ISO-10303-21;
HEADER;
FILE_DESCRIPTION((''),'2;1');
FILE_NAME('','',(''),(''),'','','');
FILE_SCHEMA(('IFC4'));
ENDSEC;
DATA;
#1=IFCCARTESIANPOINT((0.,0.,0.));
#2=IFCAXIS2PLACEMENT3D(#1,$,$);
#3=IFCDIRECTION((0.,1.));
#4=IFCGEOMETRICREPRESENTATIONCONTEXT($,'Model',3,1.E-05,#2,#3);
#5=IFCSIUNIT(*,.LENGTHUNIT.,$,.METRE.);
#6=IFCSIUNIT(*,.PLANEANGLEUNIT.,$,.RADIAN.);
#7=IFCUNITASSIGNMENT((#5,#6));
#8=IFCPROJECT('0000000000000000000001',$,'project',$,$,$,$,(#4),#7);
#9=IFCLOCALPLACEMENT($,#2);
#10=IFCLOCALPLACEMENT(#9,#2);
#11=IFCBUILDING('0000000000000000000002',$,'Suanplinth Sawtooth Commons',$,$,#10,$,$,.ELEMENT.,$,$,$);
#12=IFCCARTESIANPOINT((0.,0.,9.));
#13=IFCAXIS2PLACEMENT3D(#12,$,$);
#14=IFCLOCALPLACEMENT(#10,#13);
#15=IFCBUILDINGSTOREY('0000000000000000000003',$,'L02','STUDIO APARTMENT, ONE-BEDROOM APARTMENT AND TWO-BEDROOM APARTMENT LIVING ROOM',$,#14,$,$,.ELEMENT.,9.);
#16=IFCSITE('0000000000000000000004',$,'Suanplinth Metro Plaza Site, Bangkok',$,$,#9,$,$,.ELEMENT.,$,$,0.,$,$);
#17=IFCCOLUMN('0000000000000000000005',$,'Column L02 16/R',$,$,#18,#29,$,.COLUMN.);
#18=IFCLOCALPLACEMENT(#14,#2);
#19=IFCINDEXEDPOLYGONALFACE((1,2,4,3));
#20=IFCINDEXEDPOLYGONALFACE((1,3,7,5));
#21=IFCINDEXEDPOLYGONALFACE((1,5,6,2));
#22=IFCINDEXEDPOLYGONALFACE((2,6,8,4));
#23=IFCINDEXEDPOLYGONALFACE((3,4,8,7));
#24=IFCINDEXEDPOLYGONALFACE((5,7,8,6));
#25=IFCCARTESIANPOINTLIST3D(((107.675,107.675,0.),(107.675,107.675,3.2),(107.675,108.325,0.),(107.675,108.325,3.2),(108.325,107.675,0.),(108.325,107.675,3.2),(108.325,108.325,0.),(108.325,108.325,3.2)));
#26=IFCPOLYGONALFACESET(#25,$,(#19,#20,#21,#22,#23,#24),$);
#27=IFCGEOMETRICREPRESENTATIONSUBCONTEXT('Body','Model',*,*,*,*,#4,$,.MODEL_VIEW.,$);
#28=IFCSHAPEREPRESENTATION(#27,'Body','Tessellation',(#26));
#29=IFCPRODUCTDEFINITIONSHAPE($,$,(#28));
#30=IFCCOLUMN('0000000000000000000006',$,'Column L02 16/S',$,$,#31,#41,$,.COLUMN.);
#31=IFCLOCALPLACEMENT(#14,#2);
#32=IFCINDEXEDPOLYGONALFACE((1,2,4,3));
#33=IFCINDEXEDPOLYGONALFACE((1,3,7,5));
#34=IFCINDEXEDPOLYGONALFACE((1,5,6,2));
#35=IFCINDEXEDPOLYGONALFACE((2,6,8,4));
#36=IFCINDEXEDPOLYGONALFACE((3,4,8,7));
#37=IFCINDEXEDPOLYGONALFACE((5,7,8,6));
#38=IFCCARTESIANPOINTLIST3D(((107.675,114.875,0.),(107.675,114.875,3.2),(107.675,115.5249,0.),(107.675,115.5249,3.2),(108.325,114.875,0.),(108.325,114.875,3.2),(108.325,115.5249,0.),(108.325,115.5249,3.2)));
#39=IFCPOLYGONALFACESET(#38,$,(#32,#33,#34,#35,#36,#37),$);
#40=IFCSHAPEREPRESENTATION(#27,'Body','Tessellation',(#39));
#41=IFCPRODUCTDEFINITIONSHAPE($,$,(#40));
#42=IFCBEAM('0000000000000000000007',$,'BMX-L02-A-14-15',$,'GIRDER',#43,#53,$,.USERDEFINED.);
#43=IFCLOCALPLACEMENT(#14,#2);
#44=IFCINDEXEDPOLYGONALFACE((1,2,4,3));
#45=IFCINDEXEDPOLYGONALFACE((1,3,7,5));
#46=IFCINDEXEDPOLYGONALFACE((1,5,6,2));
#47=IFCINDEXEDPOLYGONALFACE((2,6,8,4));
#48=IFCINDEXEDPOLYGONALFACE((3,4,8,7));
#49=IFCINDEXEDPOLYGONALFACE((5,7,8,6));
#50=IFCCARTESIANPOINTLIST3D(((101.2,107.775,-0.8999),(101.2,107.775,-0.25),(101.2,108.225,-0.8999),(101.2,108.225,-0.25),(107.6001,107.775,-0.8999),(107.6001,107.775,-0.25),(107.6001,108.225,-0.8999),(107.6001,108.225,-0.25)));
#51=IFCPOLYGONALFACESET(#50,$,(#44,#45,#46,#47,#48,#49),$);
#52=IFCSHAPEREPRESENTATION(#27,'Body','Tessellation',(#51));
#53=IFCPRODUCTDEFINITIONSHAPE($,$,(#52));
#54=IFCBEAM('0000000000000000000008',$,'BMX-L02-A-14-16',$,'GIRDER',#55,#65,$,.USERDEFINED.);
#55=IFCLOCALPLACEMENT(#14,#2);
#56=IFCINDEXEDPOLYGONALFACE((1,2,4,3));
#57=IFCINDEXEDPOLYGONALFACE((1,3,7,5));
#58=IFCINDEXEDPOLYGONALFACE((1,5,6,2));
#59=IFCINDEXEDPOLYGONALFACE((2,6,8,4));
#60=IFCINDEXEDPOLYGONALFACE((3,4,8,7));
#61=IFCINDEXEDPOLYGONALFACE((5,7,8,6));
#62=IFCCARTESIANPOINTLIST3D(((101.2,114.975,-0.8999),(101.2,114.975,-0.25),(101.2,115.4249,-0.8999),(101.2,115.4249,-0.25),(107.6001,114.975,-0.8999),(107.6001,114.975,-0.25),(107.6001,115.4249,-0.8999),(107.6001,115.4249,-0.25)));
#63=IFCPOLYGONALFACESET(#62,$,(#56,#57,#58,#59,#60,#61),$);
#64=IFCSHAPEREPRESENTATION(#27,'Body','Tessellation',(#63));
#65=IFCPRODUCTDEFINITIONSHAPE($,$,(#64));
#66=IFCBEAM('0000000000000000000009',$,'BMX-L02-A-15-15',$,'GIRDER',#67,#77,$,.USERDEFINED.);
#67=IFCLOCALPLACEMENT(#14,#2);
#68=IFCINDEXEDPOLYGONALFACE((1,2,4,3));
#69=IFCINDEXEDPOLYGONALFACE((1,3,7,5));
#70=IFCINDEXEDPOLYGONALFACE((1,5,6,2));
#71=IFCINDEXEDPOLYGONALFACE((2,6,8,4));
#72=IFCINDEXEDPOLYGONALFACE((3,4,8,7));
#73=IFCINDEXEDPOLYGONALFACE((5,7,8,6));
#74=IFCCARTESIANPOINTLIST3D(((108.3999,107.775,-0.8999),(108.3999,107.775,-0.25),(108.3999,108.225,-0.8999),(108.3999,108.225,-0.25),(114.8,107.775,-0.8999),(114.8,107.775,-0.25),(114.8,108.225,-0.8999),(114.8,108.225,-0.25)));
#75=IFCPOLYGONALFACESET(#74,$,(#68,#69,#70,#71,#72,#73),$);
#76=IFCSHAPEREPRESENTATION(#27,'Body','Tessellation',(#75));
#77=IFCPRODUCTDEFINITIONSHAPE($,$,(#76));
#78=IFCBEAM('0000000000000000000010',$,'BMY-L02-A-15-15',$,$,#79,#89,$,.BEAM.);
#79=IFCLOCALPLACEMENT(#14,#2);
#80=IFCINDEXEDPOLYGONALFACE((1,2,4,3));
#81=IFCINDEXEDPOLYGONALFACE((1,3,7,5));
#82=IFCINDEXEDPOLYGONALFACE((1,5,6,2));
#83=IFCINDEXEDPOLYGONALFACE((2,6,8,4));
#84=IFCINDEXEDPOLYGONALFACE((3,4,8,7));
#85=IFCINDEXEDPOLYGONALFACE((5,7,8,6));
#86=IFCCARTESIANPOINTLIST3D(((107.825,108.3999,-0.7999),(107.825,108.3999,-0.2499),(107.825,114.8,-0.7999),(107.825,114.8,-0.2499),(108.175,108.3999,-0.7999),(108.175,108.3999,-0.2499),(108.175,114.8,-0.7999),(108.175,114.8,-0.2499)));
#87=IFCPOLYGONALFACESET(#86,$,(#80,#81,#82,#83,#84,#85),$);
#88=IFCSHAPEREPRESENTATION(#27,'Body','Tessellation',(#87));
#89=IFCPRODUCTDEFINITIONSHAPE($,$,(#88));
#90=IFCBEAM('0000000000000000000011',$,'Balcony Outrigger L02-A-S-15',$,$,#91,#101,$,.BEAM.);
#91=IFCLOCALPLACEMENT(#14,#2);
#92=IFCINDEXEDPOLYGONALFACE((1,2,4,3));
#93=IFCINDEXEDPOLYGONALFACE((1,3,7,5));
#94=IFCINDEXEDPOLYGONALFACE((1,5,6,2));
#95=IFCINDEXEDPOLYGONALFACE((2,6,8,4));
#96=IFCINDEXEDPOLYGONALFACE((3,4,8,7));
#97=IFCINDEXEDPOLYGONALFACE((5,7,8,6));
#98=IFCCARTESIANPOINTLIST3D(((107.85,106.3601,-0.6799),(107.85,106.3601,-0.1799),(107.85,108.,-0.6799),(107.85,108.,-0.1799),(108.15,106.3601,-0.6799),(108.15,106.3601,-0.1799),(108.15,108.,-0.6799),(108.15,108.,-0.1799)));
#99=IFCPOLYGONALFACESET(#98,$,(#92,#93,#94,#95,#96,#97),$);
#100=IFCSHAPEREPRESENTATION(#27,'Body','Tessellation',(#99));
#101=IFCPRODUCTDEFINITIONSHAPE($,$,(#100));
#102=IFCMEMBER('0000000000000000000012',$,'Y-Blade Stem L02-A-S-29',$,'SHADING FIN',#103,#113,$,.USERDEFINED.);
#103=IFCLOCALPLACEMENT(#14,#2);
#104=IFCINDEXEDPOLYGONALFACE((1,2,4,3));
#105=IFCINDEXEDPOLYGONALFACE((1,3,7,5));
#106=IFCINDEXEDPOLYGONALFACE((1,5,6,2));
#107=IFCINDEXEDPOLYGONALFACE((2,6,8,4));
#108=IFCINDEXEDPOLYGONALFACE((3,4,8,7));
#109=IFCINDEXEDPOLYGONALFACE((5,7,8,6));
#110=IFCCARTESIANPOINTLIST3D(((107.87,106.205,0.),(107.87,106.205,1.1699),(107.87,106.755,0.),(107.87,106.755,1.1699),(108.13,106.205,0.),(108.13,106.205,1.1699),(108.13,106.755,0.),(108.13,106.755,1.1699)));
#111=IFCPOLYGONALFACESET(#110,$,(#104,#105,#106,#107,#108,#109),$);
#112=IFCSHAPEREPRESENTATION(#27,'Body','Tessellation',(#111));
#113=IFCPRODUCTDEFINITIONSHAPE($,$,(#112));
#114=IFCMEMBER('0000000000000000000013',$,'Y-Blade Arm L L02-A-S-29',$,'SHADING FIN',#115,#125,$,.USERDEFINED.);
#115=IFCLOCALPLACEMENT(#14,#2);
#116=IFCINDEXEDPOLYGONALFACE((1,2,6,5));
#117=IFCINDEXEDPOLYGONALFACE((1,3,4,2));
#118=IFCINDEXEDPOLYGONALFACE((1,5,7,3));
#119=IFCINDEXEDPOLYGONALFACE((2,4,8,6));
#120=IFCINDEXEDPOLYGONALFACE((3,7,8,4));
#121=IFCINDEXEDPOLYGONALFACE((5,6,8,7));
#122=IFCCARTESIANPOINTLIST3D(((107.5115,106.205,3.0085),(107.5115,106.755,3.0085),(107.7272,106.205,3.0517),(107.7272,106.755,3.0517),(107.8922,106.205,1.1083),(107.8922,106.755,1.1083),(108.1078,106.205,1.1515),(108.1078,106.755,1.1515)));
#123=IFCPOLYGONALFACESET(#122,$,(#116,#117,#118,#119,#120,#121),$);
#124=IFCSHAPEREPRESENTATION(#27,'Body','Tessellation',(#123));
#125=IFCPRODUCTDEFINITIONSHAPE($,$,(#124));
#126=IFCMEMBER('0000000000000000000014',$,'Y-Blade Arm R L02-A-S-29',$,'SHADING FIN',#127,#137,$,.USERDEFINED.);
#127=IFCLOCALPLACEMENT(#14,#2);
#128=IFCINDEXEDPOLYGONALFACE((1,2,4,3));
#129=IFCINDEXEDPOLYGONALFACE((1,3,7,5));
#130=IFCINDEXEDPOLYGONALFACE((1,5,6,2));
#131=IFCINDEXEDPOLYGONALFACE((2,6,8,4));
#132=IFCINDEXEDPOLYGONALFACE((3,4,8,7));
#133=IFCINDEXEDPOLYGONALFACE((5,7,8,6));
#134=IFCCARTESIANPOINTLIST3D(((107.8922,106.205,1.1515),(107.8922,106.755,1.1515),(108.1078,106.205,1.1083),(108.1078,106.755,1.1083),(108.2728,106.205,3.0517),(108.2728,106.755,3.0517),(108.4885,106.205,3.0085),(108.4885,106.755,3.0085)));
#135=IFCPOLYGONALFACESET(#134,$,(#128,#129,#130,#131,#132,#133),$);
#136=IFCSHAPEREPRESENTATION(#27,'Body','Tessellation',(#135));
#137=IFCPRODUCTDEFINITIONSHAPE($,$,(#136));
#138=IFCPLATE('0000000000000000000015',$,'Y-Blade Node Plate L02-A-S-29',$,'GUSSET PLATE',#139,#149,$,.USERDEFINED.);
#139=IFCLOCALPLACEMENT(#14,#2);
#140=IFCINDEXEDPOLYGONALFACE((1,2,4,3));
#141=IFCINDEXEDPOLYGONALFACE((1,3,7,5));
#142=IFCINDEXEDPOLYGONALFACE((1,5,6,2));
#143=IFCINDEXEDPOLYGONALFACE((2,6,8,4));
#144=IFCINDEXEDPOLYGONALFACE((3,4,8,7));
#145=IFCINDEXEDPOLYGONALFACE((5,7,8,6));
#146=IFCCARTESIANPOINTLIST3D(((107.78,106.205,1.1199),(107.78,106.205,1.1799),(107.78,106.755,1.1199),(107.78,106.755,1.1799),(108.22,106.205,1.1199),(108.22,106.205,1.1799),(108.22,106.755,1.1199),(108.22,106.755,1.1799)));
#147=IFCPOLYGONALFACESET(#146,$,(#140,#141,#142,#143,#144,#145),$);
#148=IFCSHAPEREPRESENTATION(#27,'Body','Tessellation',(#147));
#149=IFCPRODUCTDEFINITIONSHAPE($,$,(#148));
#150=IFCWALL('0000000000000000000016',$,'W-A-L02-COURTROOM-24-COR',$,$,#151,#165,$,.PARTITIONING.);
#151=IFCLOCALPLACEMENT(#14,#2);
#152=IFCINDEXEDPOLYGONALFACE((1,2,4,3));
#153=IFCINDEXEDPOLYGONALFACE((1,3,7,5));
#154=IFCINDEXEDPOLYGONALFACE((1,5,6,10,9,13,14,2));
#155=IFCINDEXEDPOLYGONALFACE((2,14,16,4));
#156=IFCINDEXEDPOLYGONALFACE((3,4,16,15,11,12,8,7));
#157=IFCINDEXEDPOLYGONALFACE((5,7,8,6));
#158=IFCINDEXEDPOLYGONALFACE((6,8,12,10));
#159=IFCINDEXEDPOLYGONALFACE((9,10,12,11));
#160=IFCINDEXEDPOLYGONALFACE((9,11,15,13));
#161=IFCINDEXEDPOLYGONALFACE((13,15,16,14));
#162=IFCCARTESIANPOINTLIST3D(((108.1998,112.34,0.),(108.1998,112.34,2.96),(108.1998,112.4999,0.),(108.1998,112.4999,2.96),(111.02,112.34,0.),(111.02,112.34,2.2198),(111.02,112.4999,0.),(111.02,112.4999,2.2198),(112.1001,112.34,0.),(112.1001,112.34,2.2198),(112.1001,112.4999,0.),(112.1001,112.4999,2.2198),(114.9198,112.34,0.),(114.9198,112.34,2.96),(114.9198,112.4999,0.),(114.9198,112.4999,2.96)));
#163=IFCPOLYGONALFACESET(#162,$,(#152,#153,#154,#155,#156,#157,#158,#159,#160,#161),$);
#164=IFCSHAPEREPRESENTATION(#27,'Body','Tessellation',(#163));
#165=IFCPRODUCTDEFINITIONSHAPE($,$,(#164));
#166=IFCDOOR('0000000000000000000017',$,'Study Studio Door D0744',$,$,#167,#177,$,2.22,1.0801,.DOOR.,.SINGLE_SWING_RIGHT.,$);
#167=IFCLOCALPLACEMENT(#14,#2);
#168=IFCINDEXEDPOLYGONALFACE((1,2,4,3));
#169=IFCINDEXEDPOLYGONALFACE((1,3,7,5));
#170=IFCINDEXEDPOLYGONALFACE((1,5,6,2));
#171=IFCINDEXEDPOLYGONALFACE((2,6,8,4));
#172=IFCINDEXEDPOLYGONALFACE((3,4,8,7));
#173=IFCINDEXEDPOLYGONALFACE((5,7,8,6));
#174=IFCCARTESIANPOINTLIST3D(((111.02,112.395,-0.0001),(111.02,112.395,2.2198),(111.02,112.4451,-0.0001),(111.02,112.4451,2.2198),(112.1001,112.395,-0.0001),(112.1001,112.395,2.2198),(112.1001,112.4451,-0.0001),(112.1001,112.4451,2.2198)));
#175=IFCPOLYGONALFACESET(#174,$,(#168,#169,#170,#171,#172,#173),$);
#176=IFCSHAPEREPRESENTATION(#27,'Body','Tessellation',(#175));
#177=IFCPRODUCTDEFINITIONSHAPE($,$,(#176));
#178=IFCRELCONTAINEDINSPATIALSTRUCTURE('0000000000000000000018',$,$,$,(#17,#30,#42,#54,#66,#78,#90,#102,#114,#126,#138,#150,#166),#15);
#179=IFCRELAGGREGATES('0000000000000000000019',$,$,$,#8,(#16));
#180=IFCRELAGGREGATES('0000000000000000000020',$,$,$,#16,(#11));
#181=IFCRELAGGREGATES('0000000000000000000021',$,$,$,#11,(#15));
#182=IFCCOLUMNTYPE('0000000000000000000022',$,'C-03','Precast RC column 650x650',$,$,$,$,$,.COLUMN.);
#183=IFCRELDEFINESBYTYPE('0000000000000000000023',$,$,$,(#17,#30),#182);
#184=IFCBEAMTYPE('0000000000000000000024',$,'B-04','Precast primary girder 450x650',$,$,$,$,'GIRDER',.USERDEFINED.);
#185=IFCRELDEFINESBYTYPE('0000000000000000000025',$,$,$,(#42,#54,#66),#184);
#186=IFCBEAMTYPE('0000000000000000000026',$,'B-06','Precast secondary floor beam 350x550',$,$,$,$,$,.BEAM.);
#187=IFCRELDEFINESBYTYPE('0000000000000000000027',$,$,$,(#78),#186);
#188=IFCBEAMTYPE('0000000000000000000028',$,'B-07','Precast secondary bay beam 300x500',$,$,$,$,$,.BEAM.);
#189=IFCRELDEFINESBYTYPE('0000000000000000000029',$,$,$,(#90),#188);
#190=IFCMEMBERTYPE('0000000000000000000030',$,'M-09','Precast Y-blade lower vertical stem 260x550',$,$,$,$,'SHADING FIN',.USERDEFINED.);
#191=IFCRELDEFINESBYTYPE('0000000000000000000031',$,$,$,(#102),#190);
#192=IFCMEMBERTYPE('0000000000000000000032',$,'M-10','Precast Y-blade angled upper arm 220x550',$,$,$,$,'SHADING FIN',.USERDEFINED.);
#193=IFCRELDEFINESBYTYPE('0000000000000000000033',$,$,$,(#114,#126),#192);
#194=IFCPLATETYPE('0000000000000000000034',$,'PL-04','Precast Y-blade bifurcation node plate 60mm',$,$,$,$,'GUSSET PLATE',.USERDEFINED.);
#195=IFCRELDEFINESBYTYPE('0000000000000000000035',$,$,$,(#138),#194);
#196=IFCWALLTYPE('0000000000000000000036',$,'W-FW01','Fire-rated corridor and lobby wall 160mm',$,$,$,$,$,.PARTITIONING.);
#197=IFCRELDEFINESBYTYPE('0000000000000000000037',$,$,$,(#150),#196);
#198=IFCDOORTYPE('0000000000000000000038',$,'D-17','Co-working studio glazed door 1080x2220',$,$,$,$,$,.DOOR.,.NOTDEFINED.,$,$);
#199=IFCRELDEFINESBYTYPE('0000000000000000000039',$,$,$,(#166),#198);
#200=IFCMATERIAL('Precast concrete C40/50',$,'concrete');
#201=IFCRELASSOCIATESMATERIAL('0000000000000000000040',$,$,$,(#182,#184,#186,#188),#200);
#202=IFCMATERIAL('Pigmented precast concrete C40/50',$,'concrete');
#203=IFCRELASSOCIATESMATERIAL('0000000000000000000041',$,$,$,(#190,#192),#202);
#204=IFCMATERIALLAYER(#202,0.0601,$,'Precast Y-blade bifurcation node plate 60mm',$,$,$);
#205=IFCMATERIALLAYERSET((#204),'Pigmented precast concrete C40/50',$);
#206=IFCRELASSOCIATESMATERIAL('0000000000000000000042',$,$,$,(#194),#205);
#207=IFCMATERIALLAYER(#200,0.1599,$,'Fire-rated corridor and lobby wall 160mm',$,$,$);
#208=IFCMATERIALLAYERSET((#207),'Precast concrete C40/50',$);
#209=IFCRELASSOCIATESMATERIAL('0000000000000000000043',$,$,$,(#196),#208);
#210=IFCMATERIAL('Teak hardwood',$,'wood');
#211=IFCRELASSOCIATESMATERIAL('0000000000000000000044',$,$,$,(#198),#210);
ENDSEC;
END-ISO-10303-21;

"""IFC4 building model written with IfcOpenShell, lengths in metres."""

from ifc_helpers import new_model, si_unit, direction, frame, frame_2d, origin, origin_2d, place, context, subcontext, project, spatial, rectangle, extrude, material, layer, layer_set, material_profile, profile_set, type_object, element, fill, save


model = new_model("IFC4")

# Units and contexts
model_context = context("Model", 3, precision=1e-05, world=origin(), true_north=direction((0.0, 1.0)))
body_context = subcontext(model_context, "Body", "Model", "MODEL_VIEW")
ifc_project = project(units=[si_unit("LENGTHUNIT", "METRE"), si_unit("PLANEANGLEUNIT", "RADIAN")], contexts=[model_context])

# Site, building, storey
site_placement = place(None, origin())
site = spatial("IfcSite", under=ifc_project, at=site_placement, Name="Suanplinth Metro Plaza Site, Bangkok", CompositionType="ELEMENT", RefElevation=0.0)
building_placement = place(site_placement, origin())
building = spatial("IfcBuilding", under=site, at=building_placement, Name="Suanplinth Sawtooth Commons", CompositionType="ELEMENT")
storey_placement = place(building_placement, frame((0.0, 0.0, 9.0)))
storey = spatial("IfcBuildingStorey", under=building, at=storey_placement, Name="L02", Description="STUDIO APARTMENT, ONE-BEDROOM APARTMENT AND TWO-BEDROOM APARTMENT LIVING ROOM", CompositionType="ELEMENT", Elevation=9.0)

# Columns
ifc_material_1 = material(Name="Precast concrete C40/50", Category="concrete")
ifc_material_profile_1 = material_profile(ifc_material_1, rectangle(XDim=0.6499, YDim=0.6499, at=origin_2d()), Name="PC-COL 650x650")
ifc_profile_set_1 = profile_set([ifc_material_profile_1], Name="Precast concrete C40/50")
column_type = type_object("IfcColumnType", Name="C-03", Description="Precast RC column 650x650", PredefinedType="COLUMN", material=ifc_profile_set_1)
for number, where, z_axis, x_axis, name in (
    (1, (108.0, 108.0, 0.0), (0.0, 0.0, 1.0), (1.0, 0.0, 0.0), "Column L02 16/R"),
    (2, (108.0, 115.2, 0.0), (0.0, 0.0, 1.0), (1.0, 0.0, 0.0), "Column L02 16/S"),
):
    element("IfcColumn", number, at=place(storey_placement, frame(where, z_axis=z_axis, x_axis=x_axis)), inside=storey, type_object=column_type, Name=name, PredefinedType="COLUMN", context=body_context, shape_type="SweptSolid", body=[
        extrude(rectangle(XDim=0.6499, YDim=0.6499, at=origin_2d()), origin(), (0.0, 0.0, 1.0), 3.2),
    ])

# Beams
ifc_material_profile_2 = material_profile(ifc_material_1, rectangle(XDim=0.45, YDim=0.6499, at=origin_2d()), Name="PC-GDR 450x650")
ifc_profile_set_2 = profile_set([ifc_material_profile_2], Name="Precast concrete C40/50")
beam_type_1 = type_object("IfcBeamType", Name="B-04", Description="Precast primary girder 450x650", ElementType="GIRDER", PredefinedType="USERDEFINED", material=ifc_profile_set_2)
for number, where, z_axis, x_axis, name in (
    (3, (101.2, 108.0, -0.575), (1.0, 0.0, 0.0), (0.0, 1.0, 0.0), "BMX-L02-A-14-15"),
    (4, (101.2, 115.2, -0.575), (1.0, 0.0, 0.0), (0.0, 1.0, 0.0), "BMX-L02-A-14-16"),
    (5, (108.3999, 108.0, -0.575), (1.0, 0.0, 0.0), (0.0, 1.0, 0.0), "BMX-L02-A-15-15"),
):
    element("IfcBeam", number, at=place(storey_placement, frame(where, z_axis=z_axis, x_axis=x_axis)), inside=storey, type_object=beam_type_1, Name=name, ObjectType="GIRDER", PredefinedType="USERDEFINED", context=body_context, shape_type="SweptSolid", body=[
        extrude(rectangle(XDim=0.45, YDim=0.6499, at=origin_2d()), origin(), (0.0, 0.0, 1.0), 6.4001),
    ])
ifc_material_profile_3 = material_profile(ifc_material_1, rectangle(XDim=0.3501, YDim=0.55, at=origin_2d()), Name="PC-BM 350x550")
ifc_profile_set_3 = profile_set([ifc_material_profile_3], Name="Precast concrete C40/50")
beam_type_2 = type_object("IfcBeamType", Name="B-06", Description="Precast secondary floor beam 350x550", PredefinedType="BEAM", material=ifc_profile_set_3)
beam_1_placement = place(storey_placement, frame((108.0, 108.3999, -0.5249), z_axis=(0.0, 1.0, 0.0), x_axis=(-1.0, 0.0, 0.0)))
element("IfcBeam", 6, at=beam_1_placement, inside=storey, type_object=beam_type_2, Name="BMY-L02-A-15-15", PredefinedType="BEAM", context=body_context, shape_type="SweptSolid", body=[
    extrude(rectangle(XDim=0.3501, YDim=0.55, at=origin_2d()), origin(), (0.0, 0.0, 1.0), 6.4001),
])
ifc_material_profile_4 = material_profile(ifc_material_1, rectangle(XDim=0.3, YDim=0.5, at=origin_2d()), Name="PC-BM 300x500")
ifc_profile_set_4 = profile_set([ifc_material_profile_4], Name="Precast concrete C40/50")
beam_type_3 = type_object("IfcBeamType", Name="B-07", Description="Precast secondary bay beam 300x500", PredefinedType="BEAM", material=ifc_profile_set_4)
beam_2_placement = place(storey_placement, frame((108.0, 108.0, -0.4299), z_axis=(0.0, -1.0, 0.0), x_axis=(1.0, 0.0, 0.0)))
element("IfcBeam", 7, at=beam_2_placement, inside=storey, type_object=beam_type_3, Name="Balcony Outrigger L02-A-S-15", PredefinedType="BEAM", context=body_context, shape_type="SweptSolid", body=[
    extrude(rectangle(XDim=0.3, YDim=0.5, at=origin_2d()), origin(), (0.0, 0.0, 1.0), 1.6399),
])

# Members
ifc_material_2 = material(Name="Pigmented precast concrete C40/50", Category="concrete")
ifc_material_profile_5 = material_profile(ifc_material_2, rectangle(XDim=0.26, YDim=0.55, at=origin_2d()), Name="PC-FIN 260x550")
ifc_profile_set_5 = profile_set([ifc_material_profile_5], Name="Pigmented precast concrete C40/50")
member_type_1 = type_object("IfcMemberType", Name="M-09", Description="Precast Y-blade lower vertical stem 260x550", ElementType="SHADING FIN", PredefinedType="USERDEFINED", material=ifc_profile_set_5)
member_placement = place(storey_placement, frame((108.0, 106.48, 0.0), z_axis=(0.0, 0.0, 1.0), x_axis=(1.0, 0.0, 0.0)))
element("IfcMember", 8, at=member_placement, inside=storey, type_object=member_type_1, Name="Y-Blade Stem L02-A-S-29", ObjectType="SHADING FIN", PredefinedType="USERDEFINED", context=body_context, shape_type="SweptSolid", body=[
    extrude(rectangle(XDim=0.26, YDim=0.55, at=origin_2d()), origin(), (0.0, 0.0, 1.0), 1.1699),
])
ifc_material_profile_6 = material_profile(ifc_material_2, rectangle(XDim=0.22, YDim=0.55, at=origin_2d()), Name="PC-FIN 220x550")
ifc_profile_set_6 = profile_set([ifc_material_profile_6], Name="Pigmented precast concrete C40/50")
member_type_2 = type_object("IfcMemberType", Name="M-10", Description="Precast Y-blade angled upper arm 220x550", ElementType="SHADING FIN", PredefinedType="USERDEFINED", material=ifc_profile_set_6)
for number, where, z_axis, x_axis, name in (
    (9, (108.0, 106.48, 1.1299), (-0.196407, 0.0, 0.980522), (0.980522, 0.0, 0.196407), "Y-Blade Arm L L02-A-S-29"),
    (10, (108.0, 106.48, 1.1299), (0.196407, 0.0, 0.980522), (-0.980522, 0.0, 0.196407), "Y-Blade Arm R L02-A-S-29"),
):
    element("IfcMember", number, at=place(storey_placement, frame(where, z_axis=z_axis, x_axis=x_axis)), inside=storey, type_object=member_type_2, Name=name, ObjectType="SHADING FIN", PredefinedType="USERDEFINED", context=body_context, shape_type="SweptSolid", body=[
        extrude(rectangle(XDim=0.22, YDim=0.55, at=origin_2d()), origin(), (0.0, 0.0, 1.0), 1.938),
    ])

# Plate
ifc_layer_1 = layer(ifc_material_2, 0.0601, Name="Precast Y-blade bifurcation node plate 60mm")
ifc_layer_set_1 = layer_set([ifc_layer_1], Name="Pigmented precast concrete C40/50")
plate_type = type_object("IfcPlateType", Name="PL-04", Description="Precast Y-blade bifurcation node plate 60mm", ElementType="GUSSET PLATE", PredefinedType="USERDEFINED", material=ifc_layer_set_1)
plate_placement = place(storey_placement, frame((108.0, 106.48, 1.1199), z_axis=(0.0, 0.0, 1.0), x_axis=(1.0, 0.0, 0.0)))
element("IfcPlate", 11, at=plate_placement, inside=storey, type_object=plate_type, Name="Y-Blade Node Plate L02-A-S-29", ObjectType="GUSSET PLATE", PredefinedType="USERDEFINED", context=body_context, shape_type="SweptSolid", body=[
    extrude(rectangle(XDim=0.4399, YDim=0.55, at=origin_2d()), origin(), (0.0, 0.0, 1.0), 0.0601),
])

# Wall, opening, door
ifc_layer_2 = layer(ifc_material_1, 0.1599, Name="Fire-rated corridor and lobby wall 160mm")
ifc_layer_set_2 = layer_set([ifc_layer_2], Name="Precast concrete C40/50")
wall_type_1 = type_object("IfcWallType", Name="W-FW01", Description="Fire-rated corridor and lobby wall 160mm", PredefinedType="PARTITIONING", material=ifc_layer_set_2)
wall_1_placement = place(storey_placement, frame((108.2, 112.4199, 0.0), z_axis=(0.0, 0.0, 1.0), x_axis=(1.0, 0.0, 0.0)))
wall_1 = element("IfcWall", 12, at=wall_1_placement, inside=storey, type_object=wall_type_1, Name="W-A-L02-COURTROOM-24-COR", PredefinedType="PARTITIONING", context=body_context, shape_type="SweptSolid", body=[
    extrude(rectangle(XDim=6.72, YDim=0.1599, at=frame_2d((3.3599, 0.0))), origin(), (0.0, 0.0, 1.0), 2.96),
])
opening_1_placement = place(wall_1_placement, frame((2.8201, 0.0, 0.0)))
opening_1 = element("IfcOpeningElement", 13, at=opening_1_placement, cuts=wall_1, PredefinedType="OPENING", context=body_context, shape_type="SweptSolid", body=[
    extrude(rectangle(XDim=1.0801, YDim=2.22, at=frame_2d((0.54, 1.1099))), frame((0.0, 0.0947, 0.0), z_axis=(0.0, -1.0, 0.0), x_axis=(1.0, 0.0, 0.0)), (0.0, 0.0, 1.0), 0.1897),
])
ifc_material_3 = material(Name="Teak hardwood", Category="wood")
door_type_1 = type_object("IfcDoorType", Name="D-17", Description="Co-working studio glazed door 1080x2220", OperationType="NOTDEFINED", PredefinedType="DOOR", material=ifc_material_3)
door_1_placement = place(opening_1_placement, frame((1.0801, 0.0, 0.0), z_axis=(0.0, 0.0, 1.0), x_axis=(-1.0, 0.0, 0.0)))
door_1 = element("IfcDoor", 14, at=door_1_placement, inside=storey, type_object=door_type_1, Name="Study Studio Door D0744", OperationType="SINGLE_SWING_RIGHT", OverallHeight=2.22, OverallWidth=1.0801, PredefinedType="DOOR", context=body_context, shape_type="SweptSolid", body=[
    extrude(rectangle(XDim=1.0801, YDim=2.22, at=frame_2d((0.54, 1.1099))), frame((0.0, 0.0249, 0.0), z_axis=(0.0, -1.0, 0.0), x_axis=(1.0, 0.0, 0.0)), (0.0, 0.0, 1.0), 0.05),
])
fill(opening_1, door_1)

save(model, "model.ifc")
